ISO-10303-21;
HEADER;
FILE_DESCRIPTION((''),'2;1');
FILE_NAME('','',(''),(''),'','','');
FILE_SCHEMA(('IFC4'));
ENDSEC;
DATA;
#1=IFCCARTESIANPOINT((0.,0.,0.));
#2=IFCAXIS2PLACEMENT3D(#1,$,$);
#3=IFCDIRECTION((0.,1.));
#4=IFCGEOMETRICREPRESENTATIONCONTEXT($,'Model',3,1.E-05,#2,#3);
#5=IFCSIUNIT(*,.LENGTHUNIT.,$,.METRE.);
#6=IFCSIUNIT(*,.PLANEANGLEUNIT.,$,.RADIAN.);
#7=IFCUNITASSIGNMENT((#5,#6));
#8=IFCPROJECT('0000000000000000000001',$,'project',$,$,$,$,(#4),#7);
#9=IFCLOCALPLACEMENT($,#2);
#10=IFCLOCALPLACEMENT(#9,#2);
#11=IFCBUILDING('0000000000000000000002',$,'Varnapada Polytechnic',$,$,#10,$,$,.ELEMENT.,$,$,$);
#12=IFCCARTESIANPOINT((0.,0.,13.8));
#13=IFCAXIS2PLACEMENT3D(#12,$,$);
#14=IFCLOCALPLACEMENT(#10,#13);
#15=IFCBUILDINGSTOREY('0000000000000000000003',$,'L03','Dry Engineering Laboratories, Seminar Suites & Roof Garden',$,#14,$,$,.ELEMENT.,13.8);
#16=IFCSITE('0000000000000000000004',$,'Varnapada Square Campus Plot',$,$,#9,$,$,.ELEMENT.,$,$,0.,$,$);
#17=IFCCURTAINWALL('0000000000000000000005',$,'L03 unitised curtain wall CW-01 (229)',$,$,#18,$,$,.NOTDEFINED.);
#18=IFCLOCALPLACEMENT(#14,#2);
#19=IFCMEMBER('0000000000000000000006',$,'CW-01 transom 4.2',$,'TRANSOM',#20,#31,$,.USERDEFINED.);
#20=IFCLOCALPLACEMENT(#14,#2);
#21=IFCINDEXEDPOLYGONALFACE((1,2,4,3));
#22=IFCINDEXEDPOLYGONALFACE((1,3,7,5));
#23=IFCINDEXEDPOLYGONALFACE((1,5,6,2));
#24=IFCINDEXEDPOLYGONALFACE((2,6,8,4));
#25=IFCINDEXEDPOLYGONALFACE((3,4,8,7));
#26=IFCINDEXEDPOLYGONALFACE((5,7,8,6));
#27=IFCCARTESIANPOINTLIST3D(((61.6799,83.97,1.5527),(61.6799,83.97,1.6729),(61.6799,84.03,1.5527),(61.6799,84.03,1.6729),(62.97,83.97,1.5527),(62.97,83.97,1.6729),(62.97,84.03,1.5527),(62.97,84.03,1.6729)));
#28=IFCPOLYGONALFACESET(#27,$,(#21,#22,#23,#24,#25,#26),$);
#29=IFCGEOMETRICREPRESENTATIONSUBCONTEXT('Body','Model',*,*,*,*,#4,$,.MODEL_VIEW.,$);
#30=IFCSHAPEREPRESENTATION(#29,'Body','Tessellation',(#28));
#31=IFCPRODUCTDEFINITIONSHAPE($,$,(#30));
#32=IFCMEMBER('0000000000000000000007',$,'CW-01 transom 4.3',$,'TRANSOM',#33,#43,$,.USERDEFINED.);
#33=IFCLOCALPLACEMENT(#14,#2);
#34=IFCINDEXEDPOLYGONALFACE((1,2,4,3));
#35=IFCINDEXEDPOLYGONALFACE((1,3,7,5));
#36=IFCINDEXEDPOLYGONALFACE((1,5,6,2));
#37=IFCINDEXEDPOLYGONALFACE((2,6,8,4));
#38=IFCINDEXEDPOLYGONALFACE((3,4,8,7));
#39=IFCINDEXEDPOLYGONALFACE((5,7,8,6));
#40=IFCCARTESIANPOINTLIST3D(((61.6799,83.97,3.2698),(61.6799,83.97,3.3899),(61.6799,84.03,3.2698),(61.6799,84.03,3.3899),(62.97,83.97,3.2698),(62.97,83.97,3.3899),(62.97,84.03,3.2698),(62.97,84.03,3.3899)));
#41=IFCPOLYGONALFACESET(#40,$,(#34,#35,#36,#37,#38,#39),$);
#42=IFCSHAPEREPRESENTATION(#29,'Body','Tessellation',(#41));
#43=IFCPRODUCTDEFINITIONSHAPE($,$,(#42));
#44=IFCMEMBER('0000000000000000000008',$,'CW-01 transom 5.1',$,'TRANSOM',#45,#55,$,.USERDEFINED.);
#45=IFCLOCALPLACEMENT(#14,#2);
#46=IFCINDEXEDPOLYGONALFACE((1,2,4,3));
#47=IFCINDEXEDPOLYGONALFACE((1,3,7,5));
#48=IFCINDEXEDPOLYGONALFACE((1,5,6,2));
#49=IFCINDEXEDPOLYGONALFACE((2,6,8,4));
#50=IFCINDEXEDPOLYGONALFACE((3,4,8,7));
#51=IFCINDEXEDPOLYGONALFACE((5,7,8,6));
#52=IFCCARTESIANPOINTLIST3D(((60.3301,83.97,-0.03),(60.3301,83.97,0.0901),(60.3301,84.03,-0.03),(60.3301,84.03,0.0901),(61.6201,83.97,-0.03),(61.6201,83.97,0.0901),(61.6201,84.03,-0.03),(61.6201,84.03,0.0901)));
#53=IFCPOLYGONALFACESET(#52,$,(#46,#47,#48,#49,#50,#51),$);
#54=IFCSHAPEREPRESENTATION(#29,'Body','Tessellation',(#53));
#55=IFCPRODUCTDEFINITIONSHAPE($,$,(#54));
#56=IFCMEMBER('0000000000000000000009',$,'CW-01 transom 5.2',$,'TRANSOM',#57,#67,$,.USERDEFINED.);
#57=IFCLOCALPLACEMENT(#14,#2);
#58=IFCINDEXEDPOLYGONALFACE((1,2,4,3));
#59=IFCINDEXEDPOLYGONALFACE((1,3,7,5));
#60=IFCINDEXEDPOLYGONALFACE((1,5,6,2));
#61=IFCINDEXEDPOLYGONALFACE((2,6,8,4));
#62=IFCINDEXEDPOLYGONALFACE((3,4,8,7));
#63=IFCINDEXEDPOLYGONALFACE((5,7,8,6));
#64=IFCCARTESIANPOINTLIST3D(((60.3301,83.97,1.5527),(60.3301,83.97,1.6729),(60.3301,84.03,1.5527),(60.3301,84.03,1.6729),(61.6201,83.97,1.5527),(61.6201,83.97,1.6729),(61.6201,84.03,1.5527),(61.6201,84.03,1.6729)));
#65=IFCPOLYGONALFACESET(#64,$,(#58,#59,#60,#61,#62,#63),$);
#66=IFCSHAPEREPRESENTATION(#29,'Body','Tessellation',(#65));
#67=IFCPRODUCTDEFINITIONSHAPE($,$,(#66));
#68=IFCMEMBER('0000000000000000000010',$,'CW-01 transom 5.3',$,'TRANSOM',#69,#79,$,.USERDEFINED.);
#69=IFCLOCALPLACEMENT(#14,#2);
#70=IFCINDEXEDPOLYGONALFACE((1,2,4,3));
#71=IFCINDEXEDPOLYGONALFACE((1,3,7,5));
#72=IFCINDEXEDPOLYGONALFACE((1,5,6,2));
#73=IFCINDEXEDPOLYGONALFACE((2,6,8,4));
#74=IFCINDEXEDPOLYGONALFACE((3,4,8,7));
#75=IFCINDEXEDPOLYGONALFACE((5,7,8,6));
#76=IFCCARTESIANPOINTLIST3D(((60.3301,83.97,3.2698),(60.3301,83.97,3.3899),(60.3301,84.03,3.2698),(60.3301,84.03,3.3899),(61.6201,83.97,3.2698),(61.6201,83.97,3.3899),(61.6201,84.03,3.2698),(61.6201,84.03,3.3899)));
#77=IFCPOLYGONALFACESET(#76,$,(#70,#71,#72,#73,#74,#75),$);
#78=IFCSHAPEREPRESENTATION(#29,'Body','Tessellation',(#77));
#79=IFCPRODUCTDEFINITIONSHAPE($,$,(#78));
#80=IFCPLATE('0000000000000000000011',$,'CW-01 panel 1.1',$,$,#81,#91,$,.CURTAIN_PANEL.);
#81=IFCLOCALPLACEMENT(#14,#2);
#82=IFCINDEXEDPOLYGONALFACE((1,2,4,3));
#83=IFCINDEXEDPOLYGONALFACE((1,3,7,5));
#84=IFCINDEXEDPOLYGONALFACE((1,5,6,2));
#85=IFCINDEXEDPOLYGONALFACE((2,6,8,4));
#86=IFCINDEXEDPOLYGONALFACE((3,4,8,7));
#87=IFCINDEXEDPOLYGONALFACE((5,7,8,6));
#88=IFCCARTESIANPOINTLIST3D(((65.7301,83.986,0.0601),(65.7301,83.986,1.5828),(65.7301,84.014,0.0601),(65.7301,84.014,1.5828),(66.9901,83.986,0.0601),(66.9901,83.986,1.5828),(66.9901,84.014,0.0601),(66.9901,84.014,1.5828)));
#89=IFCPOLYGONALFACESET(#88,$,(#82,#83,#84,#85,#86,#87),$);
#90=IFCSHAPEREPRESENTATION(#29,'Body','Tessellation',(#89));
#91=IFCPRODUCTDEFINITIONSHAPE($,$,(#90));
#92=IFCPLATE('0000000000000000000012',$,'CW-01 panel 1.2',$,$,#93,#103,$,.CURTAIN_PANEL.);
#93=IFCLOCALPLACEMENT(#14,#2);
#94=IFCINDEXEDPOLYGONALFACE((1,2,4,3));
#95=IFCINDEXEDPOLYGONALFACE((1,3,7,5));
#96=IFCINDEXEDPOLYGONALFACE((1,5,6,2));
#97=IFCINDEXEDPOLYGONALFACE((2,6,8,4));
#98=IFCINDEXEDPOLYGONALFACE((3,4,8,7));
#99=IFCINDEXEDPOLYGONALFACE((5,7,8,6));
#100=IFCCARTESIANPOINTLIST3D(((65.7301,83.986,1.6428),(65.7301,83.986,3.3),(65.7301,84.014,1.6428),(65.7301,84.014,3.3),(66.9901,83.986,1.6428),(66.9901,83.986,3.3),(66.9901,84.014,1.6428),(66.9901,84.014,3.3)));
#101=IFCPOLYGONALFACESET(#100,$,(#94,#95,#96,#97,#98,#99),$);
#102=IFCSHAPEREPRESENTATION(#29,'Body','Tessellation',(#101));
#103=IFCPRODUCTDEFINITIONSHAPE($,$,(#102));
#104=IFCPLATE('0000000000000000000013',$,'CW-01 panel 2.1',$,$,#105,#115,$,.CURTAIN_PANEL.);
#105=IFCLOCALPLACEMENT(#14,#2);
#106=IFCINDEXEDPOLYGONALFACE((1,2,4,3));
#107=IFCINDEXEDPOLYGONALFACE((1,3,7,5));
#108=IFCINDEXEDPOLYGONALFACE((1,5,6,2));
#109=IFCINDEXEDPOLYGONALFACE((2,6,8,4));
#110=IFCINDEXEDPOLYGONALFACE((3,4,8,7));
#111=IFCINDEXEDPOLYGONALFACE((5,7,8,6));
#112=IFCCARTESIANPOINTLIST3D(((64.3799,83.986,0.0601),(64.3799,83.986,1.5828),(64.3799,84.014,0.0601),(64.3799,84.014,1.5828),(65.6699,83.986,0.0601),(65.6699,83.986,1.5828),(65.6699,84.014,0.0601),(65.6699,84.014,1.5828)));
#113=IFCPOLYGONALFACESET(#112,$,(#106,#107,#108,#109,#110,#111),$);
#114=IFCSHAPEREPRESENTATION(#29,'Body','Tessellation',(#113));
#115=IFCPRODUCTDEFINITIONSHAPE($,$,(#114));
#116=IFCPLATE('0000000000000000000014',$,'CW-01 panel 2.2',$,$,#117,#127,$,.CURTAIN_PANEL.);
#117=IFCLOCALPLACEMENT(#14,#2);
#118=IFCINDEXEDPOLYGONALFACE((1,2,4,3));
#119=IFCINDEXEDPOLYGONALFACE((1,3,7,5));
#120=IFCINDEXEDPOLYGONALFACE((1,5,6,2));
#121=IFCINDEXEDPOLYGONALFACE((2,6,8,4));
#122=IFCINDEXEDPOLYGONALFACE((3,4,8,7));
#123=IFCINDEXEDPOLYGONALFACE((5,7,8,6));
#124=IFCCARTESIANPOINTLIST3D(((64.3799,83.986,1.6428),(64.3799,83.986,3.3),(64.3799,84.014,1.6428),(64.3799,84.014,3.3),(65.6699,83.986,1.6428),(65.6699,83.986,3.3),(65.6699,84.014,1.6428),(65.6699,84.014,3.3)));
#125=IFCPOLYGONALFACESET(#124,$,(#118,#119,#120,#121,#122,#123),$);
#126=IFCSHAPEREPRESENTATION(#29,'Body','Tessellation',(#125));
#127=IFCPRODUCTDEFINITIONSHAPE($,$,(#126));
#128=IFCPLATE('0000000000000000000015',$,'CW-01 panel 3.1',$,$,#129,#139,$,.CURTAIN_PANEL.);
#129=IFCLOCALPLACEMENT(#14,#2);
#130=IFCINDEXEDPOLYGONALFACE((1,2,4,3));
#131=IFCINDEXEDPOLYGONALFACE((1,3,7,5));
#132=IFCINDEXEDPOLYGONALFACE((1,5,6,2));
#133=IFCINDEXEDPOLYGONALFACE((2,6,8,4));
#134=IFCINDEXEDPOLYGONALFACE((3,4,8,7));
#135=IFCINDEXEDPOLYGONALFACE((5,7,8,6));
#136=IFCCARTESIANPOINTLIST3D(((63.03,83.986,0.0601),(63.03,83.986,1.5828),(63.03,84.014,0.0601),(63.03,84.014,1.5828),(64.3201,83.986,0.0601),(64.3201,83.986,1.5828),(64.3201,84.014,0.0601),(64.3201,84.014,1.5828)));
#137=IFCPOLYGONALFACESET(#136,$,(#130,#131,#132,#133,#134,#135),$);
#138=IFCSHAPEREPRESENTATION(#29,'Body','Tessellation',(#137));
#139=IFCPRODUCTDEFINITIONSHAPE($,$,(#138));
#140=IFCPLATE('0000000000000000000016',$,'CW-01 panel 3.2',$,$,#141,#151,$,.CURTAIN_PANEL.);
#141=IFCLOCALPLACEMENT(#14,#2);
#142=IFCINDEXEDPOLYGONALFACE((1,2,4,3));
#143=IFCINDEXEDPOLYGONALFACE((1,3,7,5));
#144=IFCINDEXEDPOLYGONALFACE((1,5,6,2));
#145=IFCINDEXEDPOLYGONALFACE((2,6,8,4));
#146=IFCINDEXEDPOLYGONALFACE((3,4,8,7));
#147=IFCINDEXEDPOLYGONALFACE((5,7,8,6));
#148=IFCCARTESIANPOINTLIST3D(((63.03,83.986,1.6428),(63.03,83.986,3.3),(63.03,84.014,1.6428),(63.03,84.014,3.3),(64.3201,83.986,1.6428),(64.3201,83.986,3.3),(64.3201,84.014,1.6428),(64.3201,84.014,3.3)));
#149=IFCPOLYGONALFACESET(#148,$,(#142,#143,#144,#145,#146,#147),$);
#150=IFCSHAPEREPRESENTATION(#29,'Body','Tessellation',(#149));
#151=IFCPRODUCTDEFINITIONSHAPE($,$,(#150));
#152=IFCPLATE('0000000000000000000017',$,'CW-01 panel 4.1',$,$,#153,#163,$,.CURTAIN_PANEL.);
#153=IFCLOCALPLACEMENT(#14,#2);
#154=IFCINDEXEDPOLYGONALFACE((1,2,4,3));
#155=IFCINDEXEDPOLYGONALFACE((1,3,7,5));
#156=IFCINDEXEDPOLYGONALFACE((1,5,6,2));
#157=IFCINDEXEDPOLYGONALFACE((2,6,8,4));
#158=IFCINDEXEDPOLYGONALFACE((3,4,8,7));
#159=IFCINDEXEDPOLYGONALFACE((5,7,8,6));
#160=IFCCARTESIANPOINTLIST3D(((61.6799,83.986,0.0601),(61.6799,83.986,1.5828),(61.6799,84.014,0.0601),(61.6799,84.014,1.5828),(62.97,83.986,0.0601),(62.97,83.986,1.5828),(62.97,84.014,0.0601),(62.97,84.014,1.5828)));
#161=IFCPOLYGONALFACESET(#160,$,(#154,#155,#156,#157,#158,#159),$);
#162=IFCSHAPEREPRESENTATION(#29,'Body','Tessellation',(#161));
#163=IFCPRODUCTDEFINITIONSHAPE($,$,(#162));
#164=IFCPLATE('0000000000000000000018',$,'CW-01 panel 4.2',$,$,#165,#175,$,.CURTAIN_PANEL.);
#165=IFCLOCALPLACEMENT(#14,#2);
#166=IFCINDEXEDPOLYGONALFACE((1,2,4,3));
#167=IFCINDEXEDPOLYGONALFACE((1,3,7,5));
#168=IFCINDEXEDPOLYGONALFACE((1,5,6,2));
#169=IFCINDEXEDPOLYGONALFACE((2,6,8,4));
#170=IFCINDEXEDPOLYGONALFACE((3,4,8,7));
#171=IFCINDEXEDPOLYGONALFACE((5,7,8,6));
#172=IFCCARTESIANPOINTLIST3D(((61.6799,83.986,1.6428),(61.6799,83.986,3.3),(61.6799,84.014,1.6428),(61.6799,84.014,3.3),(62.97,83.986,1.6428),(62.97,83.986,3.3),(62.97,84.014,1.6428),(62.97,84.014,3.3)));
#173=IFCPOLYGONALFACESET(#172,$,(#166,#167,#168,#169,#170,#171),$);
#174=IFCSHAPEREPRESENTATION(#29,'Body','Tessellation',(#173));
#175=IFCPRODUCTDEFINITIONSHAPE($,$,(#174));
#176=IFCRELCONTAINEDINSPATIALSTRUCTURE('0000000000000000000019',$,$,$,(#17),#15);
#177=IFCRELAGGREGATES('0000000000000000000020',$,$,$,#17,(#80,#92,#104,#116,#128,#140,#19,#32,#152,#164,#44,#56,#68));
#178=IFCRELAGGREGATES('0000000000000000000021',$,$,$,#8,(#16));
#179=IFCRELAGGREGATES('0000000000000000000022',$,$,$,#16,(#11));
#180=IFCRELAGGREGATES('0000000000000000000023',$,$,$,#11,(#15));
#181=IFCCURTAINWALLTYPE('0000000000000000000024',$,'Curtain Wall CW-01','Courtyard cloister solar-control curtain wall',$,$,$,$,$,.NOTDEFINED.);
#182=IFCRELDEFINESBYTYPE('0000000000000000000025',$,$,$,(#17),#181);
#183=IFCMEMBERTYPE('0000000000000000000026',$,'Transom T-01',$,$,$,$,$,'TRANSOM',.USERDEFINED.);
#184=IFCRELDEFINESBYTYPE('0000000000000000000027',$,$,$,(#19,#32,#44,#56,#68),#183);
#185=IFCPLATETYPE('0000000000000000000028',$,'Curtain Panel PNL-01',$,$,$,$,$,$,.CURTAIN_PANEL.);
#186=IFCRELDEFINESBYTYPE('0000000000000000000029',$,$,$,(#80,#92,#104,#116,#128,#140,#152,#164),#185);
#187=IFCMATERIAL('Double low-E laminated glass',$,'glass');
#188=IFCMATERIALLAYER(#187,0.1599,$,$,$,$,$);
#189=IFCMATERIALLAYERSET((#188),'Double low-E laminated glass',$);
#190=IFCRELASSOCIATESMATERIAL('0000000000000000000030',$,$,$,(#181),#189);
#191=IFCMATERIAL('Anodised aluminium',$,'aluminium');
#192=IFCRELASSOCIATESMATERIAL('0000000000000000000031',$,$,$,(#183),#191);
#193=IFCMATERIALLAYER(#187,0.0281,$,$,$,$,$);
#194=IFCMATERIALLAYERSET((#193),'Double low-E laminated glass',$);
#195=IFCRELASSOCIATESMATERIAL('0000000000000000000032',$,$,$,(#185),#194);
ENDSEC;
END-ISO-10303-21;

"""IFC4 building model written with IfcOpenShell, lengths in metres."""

from ifc_helpers import new_model, si_unit, direction, frame, origin, origin_2d, place, context, subcontext, project, spatial, rectangle, extrude, material, layer, layer_set, material_profile, profile_set, type_object, element, aggregate, save


model = new_model("IFC4")

# Units and contexts
model_context = context("Model", 3, precision=1e-05, world=origin(), true_north=direction((0.0, 1.0)))
body_context = subcontext(model_context, "Body", "Model", "MODEL_VIEW")
ifc_project = project(units=[si_unit("LENGTHUNIT", "METRE"), si_unit("PLANEANGLEUNIT", "RADIAN")], contexts=[model_context])

# Site, building, storey
site_placement = place(None, origin())
site = spatial("IfcSite", under=ifc_project, at=site_placement, Name="Varnapada Square Campus Plot", CompositionType="ELEMENT", RefElevation=0.0)
building_placement = place(site_placement, origin())
building = spatial("IfcBuilding", under=site, at=building_placement, Name="Varnapada Polytechnic", CompositionType="ELEMENT")
storey_placement = place(building_placement, frame((0.0, 0.0, 13.8)))
storey = spatial("IfcBuildingStorey", under=building, at=storey_placement, Name="L03", Description="Dry Engineering Laboratories, Seminar Suites & Roof Garden", CompositionType="ELEMENT", Elevation=13.8)

# Curtain wall, members, plates
ifc_material_1 = material(Name="Double low-E laminated glass", Category="glass")
ifc_layer_1 = layer(ifc_material_1, 0.1599)
ifc_layer_set_1 = layer_set([ifc_layer_1], Name="Double low-E laminated glass")
curtain_wall_type = type_object("IfcCurtainWallType", Name="Curtain Wall CW-01", Description="Courtyard cloister solar-control curtain wall", PredefinedType="NOTDEFINED", material=ifc_layer_set_1)
curtain_wall_placement = place(storey_placement, origin())
curtain_wall = element("IfcCurtainWall", 1, at=curtain_wall_placement, inside=storey, type_object=curtain_wall_type, Name="L03 unitised curtain wall CW-01 (229)", PredefinedType="NOTDEFINED")
ifc_material_2 = material(Name="Anodised aluminium", Category="aluminium")
ifc_material_profile_1 = material_profile(ifc_material_2, rectangle(XDim=0.0601, YDim=0.1201, at=origin_2d()), Name="ALU T60x120")
ifc_profile_set_1 = profile_set([ifc_material_profile_1], Name="Anodised aluminium")
member_type_1 = type_object("IfcMemberType", Name="Transom T-01", ElementType="TRANSOM", PredefinedType="USERDEFINED", material=ifc_profile_set_1)
member_1_placement = place(storey_placement, frame((62.97, 84.0, 1.6128), z_axis=(-1.0, 0.0, 0.0), x_axis=(0.0, -1.0, 0.0)))
member_1 = element("IfcMember", 2, at=member_1_placement, type_object=member_type_1, Name="CW-01 transom 4.2", ObjectType="TRANSOM", PredefinedType="USERDEFINED", context=body_context, shape_type="SweptSolid", body=[
    extrude(rectangle(XDim=0.0601, YDim=0.1201, at=origin_2d()), origin(), (0.0, 0.0, 1.0), 1.29),
])
member_2_placement = place(storey_placement, frame((62.97, 84.0, 3.3298), z_axis=(-1.0, 0.0, 0.0), x_axis=(0.0, -1.0, 0.0)))
member_2 = element("IfcMember", 3, at=member_2_placement, type_object=member_type_1, Name="CW-01 transom 4.3", ObjectType="TRANSOM", PredefinedType="USERDEFINED", context=body_context, shape_type="SweptSolid", body=[
    extrude(rectangle(XDim=0.0601, YDim=0.1201, at=origin_2d()), origin(), (0.0, 0.0, 1.0), 1.29),
])
member_3_placement = place(storey_placement, frame((61.6201, 84.0, 0.03), z_axis=(-1.0, 0.0, 0.0), x_axis=(0.0, -1.0, 0.0)))
member_3 = element("IfcMember", 4, at=member_3_placement, type_object=member_type_1, Name="CW-01 transom 5.1", ObjectType="TRANSOM", PredefinedType="USERDEFINED", context=body_context, shape_type="SweptSolid", body=[
    extrude(rectangle(XDim=0.0601, YDim=0.1201, at=origin_2d()), origin(), (0.0, 0.0, 1.0), 1.29),
])
member_4_placement = place(storey_placement, frame((61.6201, 84.0, 1.6128), z_axis=(-1.0, 0.0, 0.0), x_axis=(0.0, -1.0, 0.0)))
member_4 = element("IfcMember", 5, at=member_4_placement, type_object=member_type_1, Name="CW-01 transom 5.2", ObjectType="TRANSOM", PredefinedType="USERDEFINED", context=body_context, shape_type="SweptSolid", body=[
    extrude(rectangle(XDim=0.0601, YDim=0.1201, at=origin_2d()), origin(), (0.0, 0.0, 1.0), 1.29),
])
member_5_placement = place(storey_placement, frame((61.6201, 84.0, 3.3298), z_axis=(-1.0, 0.0, 0.0), x_axis=(0.0, -1.0, 0.0)))
member_5 = element("IfcMember", 6, at=member_5_placement, type_object=member_type_1, Name="CW-01 transom 5.3", ObjectType="TRANSOM", PredefinedType="USERDEFINED", context=body_context, shape_type="SweptSolid", body=[
    extrude(rectangle(XDim=0.0601, YDim=0.1201, at=origin_2d()), origin(), (0.0, 0.0, 1.0), 1.29),
])
ifc_layer_2 = layer(ifc_material_1, 0.0281)
ifc_layer_set_2 = layer_set([ifc_layer_2], Name="Double low-E laminated glass")
plate_type = type_object("IfcPlateType", Name="Curtain Panel PNL-01", PredefinedType="CURTAIN_PANEL", material=ifc_layer_set_2)
plate_1_placement = place(storey_placement, frame((66.3601, 84.0, 0.0601), z_axis=(0.0, 0.0, 1.0), x_axis=(-1.0, 0.0, 0.0)))
plate_1 = element("IfcPlate", 7, at=plate_1_placement, type_object=plate_type, Name="CW-01 panel 1.1", PredefinedType="CURTAIN_PANEL", context=body_context, shape_type="SweptSolid", body=[
    extrude(rectangle(XDim=1.26, YDim=0.0281, at=origin_2d()), origin(), (0.0, 0.0, 1.0), 1.5227),
])
plate_2_placement = place(storey_placement, frame((66.3601, 84.0, 1.6428), z_axis=(0.0, 0.0, 1.0), x_axis=(-1.0, 0.0, 0.0)))
plate_2 = element("IfcPlate", 8, at=plate_2_placement, type_object=plate_type, Name="CW-01 panel 1.2", PredefinedType="CURTAIN_PANEL", context=body_context, shape_type="SweptSolid", body=[
    extrude(rectangle(XDim=1.26, YDim=0.0281, at=origin_2d()), origin(), (0.0, 0.0, 1.0), 1.6572),
])
plate_3_placement = place(storey_placement, frame((65.0249, 84.0, 0.0601), z_axis=(0.0, 0.0, 1.0), x_axis=(-1.0, 0.0, 0.0)))
plate_3 = element("IfcPlate", 9, at=plate_3_placement, type_object=plate_type, Name="CW-01 panel 2.1", PredefinedType="CURTAIN_PANEL", context=body_context, shape_type="SweptSolid", body=[
    extrude(rectangle(XDim=1.29, YDim=0.0281, at=origin_2d()), origin(), (0.0, 0.0, 1.0), 1.5227),
])
plate_4_placement = place(storey_placement, frame((65.0249, 84.0, 1.6428), z_axis=(0.0, 0.0, 1.0), x_axis=(-1.0, 0.0, 0.0)))
plate_4 = element("IfcPlate", 10, at=plate_4_placement, type_object=plate_type, Name="CW-01 panel 2.2", PredefinedType="CURTAIN_PANEL", context=body_context, shape_type="SweptSolid", body=[
    extrude(rectangle(XDim=1.29, YDim=0.0281, at=origin_2d()), origin(), (0.0, 0.0, 1.0), 1.6572),
])
plate_5_placement = place(storey_placement, frame((63.675, 84.0, 0.0601), z_axis=(0.0, 0.0, 1.0), x_axis=(-1.0, 0.0, 0.0)))
plate_5 = element("IfcPlate", 11, at=plate_5_placement, type_object=plate_type, Name="CW-01 panel 3.1", PredefinedType="CURTAIN_PANEL", context=body_context, shape_type="SweptSolid", body=[
    extrude(rectangle(XDim=1.29, YDim=0.0281, at=origin_2d()), origin(), (0.0, 0.0, 1.0), 1.5227),
])
plate_6_placement = place(storey_placement, frame((63.675, 84.0, 1.6428), z_axis=(0.0, 0.0, 1.0), x_axis=(-1.0, 0.0, 0.0)))
plate_6 = element("IfcPlate", 12, at=plate_6_placement, type_object=plate_type, Name="CW-01 panel 3.2", PredefinedType="CURTAIN_PANEL", context=body_context, shape_type="SweptSolid", body=[
    extrude(rectangle(XDim=1.29, YDim=0.0281, at=origin_2d()), origin(), (0.0, 0.0, 1.0), 1.6572),
])
plate_7_placement = place(storey_placement, frame((62.325, 84.0, 0.0601), z_axis=(0.0, 0.0, 1.0), x_axis=(-1.0, 0.0, 0.0)))
plate_7 = element("IfcPlate", 13, at=plate_7_placement, type_object=plate_type, Name="CW-01 panel 4.1", PredefinedType="CURTAIN_PANEL", context=body_context, shape_type="SweptSolid", body=[
    extrude(rectangle(XDim=1.29, YDim=0.0281, at=origin_2d()), origin(), (0.0, 0.0, 1.0), 1.5227),
])
plate_8_placement = place(storey_placement, frame((62.325, 84.0, 1.6428), z_axis=(0.0, 0.0, 1.0), x_axis=(-1.0, 0.0, 0.0)))
plate_8 = element("IfcPlate", 14, at=plate_8_placement, type_object=plate_type, Name="CW-01 panel 4.2", PredefinedType="CURTAIN_PANEL", context=body_context, shape_type="SweptSolid", body=[
    extrude(rectangle(XDim=1.29, YDim=0.0281, at=origin_2d()), origin(), (0.0, 0.0, 1.0), 1.6572),
])
aggregate(curtain_wall, [plate_1, plate_2, plate_3, plate_4, plate_5, plate_6, member_1, member_2, plate_7, plate_8, member_3, member_4, member_5])

save(model, "model.ifc")
